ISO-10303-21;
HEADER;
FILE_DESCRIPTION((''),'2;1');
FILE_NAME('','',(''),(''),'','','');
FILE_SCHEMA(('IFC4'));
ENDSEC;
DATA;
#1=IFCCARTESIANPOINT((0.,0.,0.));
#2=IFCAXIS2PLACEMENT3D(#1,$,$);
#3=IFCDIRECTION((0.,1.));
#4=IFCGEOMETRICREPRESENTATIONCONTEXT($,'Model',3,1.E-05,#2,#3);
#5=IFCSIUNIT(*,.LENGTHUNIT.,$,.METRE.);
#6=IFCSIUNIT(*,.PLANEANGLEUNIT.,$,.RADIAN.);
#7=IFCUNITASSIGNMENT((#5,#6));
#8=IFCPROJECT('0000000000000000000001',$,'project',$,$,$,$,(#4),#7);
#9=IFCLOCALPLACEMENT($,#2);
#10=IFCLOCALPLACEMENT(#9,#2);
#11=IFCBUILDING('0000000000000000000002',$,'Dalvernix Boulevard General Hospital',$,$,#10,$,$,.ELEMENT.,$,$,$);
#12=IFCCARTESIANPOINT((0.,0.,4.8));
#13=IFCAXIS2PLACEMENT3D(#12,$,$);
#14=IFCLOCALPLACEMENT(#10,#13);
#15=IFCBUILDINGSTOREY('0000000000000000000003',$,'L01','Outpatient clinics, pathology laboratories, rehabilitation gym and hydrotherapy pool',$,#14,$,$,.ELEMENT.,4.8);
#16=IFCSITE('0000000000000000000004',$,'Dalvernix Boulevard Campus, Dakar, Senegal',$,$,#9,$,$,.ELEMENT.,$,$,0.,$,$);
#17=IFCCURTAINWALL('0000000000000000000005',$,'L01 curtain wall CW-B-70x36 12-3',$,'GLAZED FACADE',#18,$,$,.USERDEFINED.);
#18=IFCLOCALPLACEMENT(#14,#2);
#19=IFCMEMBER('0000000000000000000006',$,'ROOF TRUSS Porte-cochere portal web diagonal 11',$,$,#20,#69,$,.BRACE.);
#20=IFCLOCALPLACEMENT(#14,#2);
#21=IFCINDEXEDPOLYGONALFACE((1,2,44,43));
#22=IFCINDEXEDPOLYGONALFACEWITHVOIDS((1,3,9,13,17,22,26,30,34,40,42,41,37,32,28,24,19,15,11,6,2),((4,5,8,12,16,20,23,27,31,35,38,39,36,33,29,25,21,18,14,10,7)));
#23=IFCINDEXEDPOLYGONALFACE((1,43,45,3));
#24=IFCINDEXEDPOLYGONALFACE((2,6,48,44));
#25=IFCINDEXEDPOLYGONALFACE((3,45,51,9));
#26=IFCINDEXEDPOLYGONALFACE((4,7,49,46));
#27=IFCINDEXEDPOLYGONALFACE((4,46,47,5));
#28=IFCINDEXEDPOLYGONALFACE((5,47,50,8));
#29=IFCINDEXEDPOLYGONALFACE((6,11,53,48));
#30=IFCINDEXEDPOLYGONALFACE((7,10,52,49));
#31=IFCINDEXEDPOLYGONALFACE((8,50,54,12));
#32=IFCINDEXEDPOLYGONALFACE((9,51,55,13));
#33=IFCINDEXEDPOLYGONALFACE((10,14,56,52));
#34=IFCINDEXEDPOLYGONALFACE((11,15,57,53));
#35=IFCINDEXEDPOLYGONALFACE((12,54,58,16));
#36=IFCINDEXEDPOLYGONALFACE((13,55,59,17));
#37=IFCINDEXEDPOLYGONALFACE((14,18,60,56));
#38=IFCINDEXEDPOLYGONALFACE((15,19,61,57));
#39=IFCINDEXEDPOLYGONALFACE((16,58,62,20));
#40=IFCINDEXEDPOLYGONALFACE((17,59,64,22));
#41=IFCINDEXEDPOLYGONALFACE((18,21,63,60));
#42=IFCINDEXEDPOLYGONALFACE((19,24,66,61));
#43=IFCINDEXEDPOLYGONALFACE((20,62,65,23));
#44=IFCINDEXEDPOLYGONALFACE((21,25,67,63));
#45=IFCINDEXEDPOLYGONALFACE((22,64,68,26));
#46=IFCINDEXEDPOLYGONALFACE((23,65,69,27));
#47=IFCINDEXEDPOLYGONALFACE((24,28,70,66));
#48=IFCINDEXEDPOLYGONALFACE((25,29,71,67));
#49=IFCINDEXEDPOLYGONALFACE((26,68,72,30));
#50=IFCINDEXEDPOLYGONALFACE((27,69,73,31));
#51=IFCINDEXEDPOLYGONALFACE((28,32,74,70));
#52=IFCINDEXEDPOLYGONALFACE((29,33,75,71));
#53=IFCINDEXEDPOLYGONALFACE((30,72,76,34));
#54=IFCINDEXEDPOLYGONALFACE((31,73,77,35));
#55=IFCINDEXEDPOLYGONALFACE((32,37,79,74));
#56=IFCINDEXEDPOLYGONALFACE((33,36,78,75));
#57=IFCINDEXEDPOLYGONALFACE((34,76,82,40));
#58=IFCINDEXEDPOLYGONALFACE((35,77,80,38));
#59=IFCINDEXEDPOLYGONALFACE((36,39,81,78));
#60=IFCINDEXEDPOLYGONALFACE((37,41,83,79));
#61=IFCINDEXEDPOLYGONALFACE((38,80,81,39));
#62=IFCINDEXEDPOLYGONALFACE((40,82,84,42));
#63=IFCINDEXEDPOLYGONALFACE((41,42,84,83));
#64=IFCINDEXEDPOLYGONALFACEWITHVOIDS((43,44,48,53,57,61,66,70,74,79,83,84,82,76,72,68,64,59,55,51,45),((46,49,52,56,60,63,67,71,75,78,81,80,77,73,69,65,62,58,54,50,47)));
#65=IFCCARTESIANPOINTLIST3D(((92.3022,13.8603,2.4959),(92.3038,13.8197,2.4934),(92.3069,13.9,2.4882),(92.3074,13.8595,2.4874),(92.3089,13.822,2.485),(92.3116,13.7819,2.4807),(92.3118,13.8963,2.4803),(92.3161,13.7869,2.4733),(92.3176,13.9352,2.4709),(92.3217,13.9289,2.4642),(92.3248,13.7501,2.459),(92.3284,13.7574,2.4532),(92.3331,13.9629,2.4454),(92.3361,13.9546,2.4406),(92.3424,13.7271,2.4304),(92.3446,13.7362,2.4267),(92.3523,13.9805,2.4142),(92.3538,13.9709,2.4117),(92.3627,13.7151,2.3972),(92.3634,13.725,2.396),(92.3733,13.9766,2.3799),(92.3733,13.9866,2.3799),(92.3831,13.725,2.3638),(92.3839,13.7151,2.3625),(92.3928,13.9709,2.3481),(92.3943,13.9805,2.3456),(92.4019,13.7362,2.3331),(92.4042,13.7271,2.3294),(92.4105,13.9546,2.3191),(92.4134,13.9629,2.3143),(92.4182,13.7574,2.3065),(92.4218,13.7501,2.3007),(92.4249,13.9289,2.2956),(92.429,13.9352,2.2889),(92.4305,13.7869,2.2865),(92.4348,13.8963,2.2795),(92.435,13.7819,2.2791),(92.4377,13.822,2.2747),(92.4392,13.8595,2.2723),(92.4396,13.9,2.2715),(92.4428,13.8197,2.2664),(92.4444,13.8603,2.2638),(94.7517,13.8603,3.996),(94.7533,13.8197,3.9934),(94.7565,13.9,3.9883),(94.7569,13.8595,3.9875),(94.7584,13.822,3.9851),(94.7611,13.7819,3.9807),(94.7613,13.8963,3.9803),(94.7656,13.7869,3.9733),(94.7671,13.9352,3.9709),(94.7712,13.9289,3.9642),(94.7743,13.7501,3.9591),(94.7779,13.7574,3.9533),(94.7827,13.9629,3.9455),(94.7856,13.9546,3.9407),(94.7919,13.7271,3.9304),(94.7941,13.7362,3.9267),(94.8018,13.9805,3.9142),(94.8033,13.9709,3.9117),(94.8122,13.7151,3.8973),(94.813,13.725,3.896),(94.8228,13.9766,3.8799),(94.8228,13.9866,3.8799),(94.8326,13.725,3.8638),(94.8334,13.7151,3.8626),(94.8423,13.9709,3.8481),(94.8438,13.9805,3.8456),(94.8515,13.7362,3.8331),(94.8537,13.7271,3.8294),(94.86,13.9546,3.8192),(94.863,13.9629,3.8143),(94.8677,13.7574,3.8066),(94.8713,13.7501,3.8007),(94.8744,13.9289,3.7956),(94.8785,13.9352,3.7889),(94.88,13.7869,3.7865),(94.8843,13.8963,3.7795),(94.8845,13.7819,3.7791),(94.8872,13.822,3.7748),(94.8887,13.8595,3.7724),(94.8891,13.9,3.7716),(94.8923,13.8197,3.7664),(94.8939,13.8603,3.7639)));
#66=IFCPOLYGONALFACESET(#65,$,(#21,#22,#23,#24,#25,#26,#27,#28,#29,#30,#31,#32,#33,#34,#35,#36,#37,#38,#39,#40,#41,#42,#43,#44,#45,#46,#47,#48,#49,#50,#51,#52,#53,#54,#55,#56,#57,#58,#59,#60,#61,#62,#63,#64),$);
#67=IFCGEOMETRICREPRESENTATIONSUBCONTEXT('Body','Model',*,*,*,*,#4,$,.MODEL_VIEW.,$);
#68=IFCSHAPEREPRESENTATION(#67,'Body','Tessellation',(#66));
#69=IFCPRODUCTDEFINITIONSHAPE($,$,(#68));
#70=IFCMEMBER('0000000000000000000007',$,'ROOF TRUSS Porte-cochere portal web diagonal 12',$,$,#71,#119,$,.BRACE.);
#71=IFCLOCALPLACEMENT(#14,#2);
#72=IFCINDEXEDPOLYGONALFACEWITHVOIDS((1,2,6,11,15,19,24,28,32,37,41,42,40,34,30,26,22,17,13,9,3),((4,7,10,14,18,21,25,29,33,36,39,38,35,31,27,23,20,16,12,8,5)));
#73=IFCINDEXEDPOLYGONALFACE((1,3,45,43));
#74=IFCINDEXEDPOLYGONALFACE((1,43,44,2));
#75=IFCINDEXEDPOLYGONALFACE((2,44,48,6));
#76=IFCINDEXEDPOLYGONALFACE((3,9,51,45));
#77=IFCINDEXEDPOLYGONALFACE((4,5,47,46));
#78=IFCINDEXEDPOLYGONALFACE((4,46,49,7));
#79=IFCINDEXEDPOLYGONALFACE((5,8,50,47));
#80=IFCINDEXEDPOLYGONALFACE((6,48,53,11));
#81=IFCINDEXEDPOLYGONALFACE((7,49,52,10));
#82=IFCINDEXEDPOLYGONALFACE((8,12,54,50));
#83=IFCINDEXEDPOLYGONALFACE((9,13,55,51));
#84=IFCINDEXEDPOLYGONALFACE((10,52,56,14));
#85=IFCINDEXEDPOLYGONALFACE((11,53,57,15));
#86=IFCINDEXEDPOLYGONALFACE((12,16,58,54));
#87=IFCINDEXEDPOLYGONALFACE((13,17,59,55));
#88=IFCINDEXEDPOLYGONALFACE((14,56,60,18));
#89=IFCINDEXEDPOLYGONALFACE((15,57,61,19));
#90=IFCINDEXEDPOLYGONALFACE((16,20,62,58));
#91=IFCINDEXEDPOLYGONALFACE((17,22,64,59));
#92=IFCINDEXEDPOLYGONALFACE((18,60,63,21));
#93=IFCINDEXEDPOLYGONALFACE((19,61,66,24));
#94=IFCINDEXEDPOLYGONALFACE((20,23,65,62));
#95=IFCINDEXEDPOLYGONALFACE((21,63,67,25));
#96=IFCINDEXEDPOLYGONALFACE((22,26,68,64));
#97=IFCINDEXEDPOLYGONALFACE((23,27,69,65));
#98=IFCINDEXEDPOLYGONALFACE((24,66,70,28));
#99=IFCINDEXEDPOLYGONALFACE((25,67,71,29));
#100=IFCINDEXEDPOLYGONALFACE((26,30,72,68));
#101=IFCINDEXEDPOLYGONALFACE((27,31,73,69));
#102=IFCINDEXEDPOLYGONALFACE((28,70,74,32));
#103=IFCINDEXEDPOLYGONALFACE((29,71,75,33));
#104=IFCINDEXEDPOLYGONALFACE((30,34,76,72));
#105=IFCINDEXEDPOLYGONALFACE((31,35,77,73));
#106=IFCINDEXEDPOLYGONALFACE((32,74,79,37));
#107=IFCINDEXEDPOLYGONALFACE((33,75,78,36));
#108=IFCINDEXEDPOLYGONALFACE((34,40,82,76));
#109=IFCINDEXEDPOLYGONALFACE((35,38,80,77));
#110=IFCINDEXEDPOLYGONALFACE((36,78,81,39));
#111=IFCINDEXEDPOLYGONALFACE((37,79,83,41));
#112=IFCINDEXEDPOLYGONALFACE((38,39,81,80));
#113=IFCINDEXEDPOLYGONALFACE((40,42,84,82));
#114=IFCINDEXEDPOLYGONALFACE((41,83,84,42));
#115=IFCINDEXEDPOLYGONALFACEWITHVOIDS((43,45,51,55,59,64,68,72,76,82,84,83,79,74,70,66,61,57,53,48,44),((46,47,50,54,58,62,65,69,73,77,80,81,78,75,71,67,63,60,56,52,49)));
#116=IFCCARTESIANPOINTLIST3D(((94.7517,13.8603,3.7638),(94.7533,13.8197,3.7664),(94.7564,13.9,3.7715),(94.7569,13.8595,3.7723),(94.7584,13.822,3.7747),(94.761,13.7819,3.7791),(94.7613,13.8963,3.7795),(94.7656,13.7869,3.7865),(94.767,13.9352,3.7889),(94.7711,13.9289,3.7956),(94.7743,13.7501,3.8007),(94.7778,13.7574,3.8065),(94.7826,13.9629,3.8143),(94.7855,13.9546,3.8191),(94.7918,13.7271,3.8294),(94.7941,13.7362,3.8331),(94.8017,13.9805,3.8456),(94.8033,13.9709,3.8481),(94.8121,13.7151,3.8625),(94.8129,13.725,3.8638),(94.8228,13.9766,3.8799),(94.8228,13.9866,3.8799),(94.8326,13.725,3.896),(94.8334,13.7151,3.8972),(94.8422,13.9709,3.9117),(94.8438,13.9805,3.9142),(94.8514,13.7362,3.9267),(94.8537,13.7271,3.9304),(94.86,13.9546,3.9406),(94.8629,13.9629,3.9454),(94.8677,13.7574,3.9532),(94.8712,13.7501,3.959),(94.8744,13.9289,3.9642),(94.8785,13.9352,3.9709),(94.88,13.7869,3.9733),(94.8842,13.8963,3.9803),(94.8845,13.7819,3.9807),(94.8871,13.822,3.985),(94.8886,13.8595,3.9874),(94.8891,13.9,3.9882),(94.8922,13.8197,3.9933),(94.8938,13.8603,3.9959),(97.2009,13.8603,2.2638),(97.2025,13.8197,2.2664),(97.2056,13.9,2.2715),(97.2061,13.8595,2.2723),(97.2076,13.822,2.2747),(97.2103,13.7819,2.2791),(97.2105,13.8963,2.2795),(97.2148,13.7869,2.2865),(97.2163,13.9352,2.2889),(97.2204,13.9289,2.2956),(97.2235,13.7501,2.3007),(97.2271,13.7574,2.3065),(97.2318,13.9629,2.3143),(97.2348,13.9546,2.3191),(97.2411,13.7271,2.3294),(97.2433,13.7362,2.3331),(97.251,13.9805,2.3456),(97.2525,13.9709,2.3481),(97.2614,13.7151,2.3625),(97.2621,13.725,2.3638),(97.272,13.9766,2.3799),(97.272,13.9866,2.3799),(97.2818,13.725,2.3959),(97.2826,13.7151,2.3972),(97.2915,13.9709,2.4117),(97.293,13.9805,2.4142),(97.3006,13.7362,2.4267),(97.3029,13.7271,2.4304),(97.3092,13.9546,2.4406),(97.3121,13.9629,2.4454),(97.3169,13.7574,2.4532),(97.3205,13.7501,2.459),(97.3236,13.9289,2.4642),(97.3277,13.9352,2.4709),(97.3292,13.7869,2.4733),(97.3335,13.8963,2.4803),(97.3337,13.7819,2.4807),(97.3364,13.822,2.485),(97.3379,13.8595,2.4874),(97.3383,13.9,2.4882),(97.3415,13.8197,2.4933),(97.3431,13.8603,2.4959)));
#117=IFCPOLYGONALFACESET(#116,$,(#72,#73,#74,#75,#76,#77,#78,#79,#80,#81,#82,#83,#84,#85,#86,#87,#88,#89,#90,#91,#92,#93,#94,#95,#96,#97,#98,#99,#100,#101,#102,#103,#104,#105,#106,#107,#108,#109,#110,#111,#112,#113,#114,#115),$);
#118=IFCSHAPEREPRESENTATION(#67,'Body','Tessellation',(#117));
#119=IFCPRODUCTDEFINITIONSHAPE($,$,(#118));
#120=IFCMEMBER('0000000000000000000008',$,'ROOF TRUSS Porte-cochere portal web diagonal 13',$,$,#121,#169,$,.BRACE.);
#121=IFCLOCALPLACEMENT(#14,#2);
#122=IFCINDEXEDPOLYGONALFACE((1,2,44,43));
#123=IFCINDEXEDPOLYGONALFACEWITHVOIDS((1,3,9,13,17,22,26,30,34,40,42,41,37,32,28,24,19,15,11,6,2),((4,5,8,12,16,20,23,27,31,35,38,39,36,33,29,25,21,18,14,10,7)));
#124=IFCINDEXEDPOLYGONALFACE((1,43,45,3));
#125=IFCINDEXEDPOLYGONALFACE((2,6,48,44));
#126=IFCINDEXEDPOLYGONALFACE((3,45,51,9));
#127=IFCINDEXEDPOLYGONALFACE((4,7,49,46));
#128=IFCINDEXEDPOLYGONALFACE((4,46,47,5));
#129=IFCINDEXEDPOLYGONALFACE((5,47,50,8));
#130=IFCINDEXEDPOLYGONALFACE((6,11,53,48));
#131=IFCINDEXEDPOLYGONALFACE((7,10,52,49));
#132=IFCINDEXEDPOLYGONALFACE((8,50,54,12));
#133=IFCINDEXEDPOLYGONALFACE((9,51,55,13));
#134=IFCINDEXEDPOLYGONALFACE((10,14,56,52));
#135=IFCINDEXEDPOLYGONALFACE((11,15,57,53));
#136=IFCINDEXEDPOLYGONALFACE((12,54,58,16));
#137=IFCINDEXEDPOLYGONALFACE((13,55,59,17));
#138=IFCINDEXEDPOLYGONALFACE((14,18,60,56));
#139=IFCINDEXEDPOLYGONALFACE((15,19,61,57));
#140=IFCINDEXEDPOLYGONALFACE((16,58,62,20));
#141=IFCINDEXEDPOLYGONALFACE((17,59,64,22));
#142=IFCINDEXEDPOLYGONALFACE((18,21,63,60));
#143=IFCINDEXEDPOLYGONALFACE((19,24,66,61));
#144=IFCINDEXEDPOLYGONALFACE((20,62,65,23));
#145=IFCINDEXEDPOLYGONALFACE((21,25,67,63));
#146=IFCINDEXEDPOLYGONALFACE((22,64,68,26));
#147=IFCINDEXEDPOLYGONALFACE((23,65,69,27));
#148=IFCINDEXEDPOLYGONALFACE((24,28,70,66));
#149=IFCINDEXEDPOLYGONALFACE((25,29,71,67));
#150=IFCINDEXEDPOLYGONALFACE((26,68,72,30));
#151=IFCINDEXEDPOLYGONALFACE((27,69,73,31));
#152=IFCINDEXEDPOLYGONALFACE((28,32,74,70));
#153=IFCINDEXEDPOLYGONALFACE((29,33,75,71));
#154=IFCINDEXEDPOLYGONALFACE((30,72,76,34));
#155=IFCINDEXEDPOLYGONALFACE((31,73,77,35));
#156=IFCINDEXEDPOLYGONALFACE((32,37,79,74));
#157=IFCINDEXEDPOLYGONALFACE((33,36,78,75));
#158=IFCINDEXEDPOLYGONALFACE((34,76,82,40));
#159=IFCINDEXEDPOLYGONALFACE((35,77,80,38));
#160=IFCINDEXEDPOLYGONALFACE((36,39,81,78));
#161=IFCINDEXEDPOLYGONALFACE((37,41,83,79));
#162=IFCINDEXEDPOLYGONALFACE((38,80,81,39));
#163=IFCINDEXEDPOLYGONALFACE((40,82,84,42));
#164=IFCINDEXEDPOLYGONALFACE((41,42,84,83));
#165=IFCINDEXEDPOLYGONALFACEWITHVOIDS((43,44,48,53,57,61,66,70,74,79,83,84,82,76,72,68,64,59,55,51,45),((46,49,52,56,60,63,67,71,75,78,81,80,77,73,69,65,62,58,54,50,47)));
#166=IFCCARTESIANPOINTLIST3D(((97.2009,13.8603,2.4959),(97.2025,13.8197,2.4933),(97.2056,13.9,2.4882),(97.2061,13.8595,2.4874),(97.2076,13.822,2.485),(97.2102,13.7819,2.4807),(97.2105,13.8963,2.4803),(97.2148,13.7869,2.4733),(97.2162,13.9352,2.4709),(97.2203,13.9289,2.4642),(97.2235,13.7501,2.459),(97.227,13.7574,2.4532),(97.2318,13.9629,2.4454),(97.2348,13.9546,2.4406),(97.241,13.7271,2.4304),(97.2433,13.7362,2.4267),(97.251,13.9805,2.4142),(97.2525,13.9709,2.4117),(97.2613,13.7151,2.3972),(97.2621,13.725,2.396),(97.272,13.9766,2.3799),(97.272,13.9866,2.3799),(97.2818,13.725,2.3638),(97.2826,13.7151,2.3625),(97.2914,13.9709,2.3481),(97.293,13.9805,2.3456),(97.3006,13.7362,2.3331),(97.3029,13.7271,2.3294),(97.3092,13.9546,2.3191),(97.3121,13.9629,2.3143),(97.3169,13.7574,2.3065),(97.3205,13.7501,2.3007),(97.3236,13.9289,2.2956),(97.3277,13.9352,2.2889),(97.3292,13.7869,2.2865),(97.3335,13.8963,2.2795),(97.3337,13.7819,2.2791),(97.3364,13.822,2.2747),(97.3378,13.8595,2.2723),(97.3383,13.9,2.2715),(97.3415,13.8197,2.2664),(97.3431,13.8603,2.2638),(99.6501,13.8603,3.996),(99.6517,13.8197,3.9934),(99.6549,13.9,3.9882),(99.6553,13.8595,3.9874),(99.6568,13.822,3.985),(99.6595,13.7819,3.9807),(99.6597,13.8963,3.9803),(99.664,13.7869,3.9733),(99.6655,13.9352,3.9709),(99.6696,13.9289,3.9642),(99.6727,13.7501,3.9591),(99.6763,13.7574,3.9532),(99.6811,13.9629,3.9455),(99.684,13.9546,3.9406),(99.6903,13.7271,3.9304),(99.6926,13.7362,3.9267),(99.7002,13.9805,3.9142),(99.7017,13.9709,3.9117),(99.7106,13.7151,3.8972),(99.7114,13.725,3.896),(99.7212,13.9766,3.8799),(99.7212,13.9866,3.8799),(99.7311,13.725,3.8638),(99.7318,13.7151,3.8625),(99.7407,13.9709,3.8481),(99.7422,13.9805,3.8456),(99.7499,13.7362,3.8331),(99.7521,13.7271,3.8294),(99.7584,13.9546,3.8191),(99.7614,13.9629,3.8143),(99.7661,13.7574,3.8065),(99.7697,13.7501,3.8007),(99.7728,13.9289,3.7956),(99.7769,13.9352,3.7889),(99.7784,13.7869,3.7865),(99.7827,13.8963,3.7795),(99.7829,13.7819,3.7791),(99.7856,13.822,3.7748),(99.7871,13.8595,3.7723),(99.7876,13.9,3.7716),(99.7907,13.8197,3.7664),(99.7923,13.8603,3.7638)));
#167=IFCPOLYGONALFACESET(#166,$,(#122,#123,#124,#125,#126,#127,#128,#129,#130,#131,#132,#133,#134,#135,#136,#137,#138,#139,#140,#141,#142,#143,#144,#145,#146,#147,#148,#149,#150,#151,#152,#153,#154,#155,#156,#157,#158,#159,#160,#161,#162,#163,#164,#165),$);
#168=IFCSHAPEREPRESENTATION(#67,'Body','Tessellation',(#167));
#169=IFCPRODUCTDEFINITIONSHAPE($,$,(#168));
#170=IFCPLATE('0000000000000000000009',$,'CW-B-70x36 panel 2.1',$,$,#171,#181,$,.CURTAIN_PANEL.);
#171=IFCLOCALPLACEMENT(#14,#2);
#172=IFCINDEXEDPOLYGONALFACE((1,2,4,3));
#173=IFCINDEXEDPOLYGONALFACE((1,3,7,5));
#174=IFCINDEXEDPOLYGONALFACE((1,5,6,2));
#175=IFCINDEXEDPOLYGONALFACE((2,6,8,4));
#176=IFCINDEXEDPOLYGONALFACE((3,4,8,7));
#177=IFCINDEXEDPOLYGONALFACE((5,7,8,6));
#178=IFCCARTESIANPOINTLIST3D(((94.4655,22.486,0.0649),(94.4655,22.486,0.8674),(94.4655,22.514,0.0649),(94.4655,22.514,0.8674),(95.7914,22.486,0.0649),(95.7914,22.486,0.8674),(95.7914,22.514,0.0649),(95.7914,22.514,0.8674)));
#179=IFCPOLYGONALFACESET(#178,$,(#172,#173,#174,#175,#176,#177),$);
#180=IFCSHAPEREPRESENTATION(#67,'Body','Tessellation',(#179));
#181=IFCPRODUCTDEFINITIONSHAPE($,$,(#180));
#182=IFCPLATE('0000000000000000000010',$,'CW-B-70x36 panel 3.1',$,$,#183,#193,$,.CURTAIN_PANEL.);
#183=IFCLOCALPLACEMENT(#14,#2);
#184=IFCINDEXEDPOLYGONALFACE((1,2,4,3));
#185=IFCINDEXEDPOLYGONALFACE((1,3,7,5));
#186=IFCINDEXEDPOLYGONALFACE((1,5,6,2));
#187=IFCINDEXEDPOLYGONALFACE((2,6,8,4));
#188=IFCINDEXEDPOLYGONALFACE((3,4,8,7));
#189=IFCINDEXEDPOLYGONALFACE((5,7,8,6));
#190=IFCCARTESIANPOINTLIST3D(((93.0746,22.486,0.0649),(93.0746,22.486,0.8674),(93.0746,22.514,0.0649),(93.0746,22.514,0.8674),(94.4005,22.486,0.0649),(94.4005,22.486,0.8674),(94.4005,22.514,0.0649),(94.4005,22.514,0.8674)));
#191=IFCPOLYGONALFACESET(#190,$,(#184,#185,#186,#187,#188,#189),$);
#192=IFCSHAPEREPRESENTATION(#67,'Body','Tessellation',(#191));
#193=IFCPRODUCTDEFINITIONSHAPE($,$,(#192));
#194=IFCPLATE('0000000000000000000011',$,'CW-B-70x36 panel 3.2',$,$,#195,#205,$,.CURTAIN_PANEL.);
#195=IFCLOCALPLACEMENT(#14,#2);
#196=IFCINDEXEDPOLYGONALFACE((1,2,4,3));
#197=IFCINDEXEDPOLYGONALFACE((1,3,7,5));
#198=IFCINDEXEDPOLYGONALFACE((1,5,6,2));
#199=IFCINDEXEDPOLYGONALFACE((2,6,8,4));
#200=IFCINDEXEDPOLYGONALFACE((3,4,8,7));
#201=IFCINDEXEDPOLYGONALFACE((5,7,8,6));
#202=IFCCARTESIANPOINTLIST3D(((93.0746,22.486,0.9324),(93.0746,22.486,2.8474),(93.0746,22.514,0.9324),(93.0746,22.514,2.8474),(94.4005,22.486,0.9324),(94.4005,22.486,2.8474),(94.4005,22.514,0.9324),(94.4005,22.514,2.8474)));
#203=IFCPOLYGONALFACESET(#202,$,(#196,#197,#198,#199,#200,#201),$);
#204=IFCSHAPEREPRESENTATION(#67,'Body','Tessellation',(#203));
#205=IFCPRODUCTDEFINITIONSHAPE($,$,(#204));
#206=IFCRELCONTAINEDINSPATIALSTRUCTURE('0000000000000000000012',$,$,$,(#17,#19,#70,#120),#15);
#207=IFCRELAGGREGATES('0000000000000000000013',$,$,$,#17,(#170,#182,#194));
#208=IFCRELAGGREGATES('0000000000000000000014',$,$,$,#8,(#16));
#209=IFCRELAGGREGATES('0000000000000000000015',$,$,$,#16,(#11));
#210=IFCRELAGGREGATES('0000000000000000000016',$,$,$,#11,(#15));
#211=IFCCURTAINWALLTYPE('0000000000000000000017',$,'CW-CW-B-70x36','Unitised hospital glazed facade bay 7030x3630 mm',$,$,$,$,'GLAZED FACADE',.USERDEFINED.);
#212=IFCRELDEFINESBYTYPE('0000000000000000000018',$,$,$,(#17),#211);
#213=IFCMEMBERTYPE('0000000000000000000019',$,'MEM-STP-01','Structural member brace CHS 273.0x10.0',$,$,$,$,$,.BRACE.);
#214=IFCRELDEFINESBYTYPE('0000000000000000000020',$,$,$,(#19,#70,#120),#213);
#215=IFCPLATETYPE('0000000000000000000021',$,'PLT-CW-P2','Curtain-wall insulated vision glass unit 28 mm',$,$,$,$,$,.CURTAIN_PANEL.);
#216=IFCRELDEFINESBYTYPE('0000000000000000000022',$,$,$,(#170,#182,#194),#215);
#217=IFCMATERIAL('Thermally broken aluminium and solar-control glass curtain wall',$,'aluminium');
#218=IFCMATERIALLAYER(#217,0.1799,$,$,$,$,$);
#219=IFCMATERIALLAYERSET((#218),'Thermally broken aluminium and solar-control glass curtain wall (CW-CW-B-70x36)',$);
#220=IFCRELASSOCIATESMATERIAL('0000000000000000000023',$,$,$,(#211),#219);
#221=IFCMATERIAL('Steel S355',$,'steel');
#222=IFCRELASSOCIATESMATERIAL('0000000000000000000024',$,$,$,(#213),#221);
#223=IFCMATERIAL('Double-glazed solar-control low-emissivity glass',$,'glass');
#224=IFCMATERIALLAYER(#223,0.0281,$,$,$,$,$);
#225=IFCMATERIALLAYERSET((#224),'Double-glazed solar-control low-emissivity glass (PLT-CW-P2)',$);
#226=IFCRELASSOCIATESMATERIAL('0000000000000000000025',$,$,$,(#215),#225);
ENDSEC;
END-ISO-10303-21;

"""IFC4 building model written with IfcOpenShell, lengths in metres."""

from ifc_helpers import new_model, si_unit, direction, frame, origin, origin_2d, place, context, subcontext, project, spatial, rectangle, hollow_circle, extrude, material, layer, layer_set, material_profile, profile_set, type_object, element, aggregate, save


model = new_model("IFC4")

# Units and contexts
model_context = context("Model", 3, precision=1e-05, world=origin(), true_north=direction((0.0, 1.0)))
body_context = subcontext(model_context, "Body", "Model", "MODEL_VIEW")
ifc_project = project(units=[si_unit("LENGTHUNIT", "METRE"), si_unit("PLANEANGLEUNIT", "RADIAN")], contexts=[model_context])

# Site, building, storey
site_placement = place(None, origin())
site = spatial("IfcSite", under=ifc_project, at=site_placement, Name="Dalvernix Boulevard Campus, Dakar, Senegal", CompositionType="ELEMENT", RefElevation=0.0)
building_placement = place(site_placement, origin())
building = spatial("IfcBuilding", under=site, at=building_placement, Name="Dalvernix Boulevard General Hospital", CompositionType="ELEMENT")
storey_placement = place(building_placement, frame((0.0, 0.0, 4.8)))
storey = spatial("IfcBuildingStorey", under=building, at=storey_placement, Name="L01", Description="Outpatient clinics, pathology laboratories, rehabilitation gym and hydrotherapy pool", CompositionType="ELEMENT", Elevation=4.8)

# Shared definitions
ifc_material_1 = material(Name="Steel S355", Category="steel")

# Curtain wall
ifc_material_2 = material(Name="Thermally broken aluminium and solar-control glass curtain wall", Category="aluminium")
ifc_layer_1 = layer(ifc_material_2, 0.1799)
ifc_layer_set_1 = layer_set([ifc_layer_1], Name="Thermally broken aluminium and solar-control glass curtain wall (CW-CW-B-70x36)")
curtain_wall_type = type_object("IfcCurtainWallType", Name="CW-CW-B-70x36", Description="Unitised hospital glazed facade bay 7030x3630 mm", ElementType="GLAZED FACADE", PredefinedType="USERDEFINED", material=ifc_layer_set_1)
curtain_wall_placement = place(storey_placement, origin())
curtain_wall = element("IfcCurtainWall", 1, at=curtain_wall_placement, inside=storey, type_object=curtain_wall_type, Name="L01 curtain wall CW-B-70x36 12-3", ObjectType="GLAZED FACADE", PredefinedType="USERDEFINED")

# Members
ifc_material_profile_1 = material_profile(ifc_material_1, hollow_circle(Radius=0.1365, WallThickness=0.01, at=origin_2d()), Name="CHS 273.0x10.0")
ifc_profile_set_1 = profile_set([ifc_material_profile_1], Name="Steel S355")
member_type_1 = type_object("IfcMemberType", Name="MEM-STP-01", Description="Structural member brace CHS 273.0x10.0", PredefinedType="BRACE", material=ifc_profile_set_1)
member_1_placement = place(storey_placement, frame((92.3733, 13.8501, 2.3799), z_axis=(0.8528, 0.0, 0.522237), x_axis=(0.0, 1.0, 0.0)))
element("IfcMember", 2, at=member_1_placement, inside=storey, type_object=member_type_1, Name="ROOF TRUSS Porte-cochere portal web diagonal 11", PredefinedType="BRACE", context=body_context, shape_type="SweptSolid", body=[
    extrude(hollow_circle(Radius=0.1365, WallThickness=0.01, at=origin_2d()), origin(), (0.0, 0.0, 1.0), 2.8723),
])
for number, where, z_axis, x_axis, name in (
    (3, (94.8228, 13.8501, 3.8799), (0.852777, 0.0, -0.522275), (0.0, 1.0, 0.0), "ROOF TRUSS Porte-cochere portal web diagonal 12"),
    (4, (97.272, 13.8501, 2.3799), (0.852777, 0.0, 0.522275), (0.0, 1.0, 0.0), "ROOF TRUSS Porte-cochere portal web diagonal 13"),
):
    element("IfcMember", number, at=place(storey_placement, frame(where, z_axis=z_axis, x_axis=x_axis)), inside=storey, type_object=member_type_1, Name=name, PredefinedType="BRACE", context=body_context, shape_type="SweptSolid", body=[
        extrude(hollow_circle(Radius=0.1365, WallThickness=0.01, at=origin_2d()), origin(), (0.0, 0.0, 1.0), 2.8721),
    ])

# Plates
ifc_material_3 = material(Name="Double-glazed solar-control low-emissivity glass", Category="glass")
ifc_layer_2 = layer(ifc_material_3, 0.0281)
ifc_layer_set_2 = layer_set([ifc_layer_2], Name="Double-glazed solar-control low-emissivity glass (PLT-CW-P2)")
plate_type = type_object("IfcPlateType", Name="PLT-CW-P2", Description="Curtain-wall insulated vision glass unit 28 mm", PredefinedType="CURTAIN_PANEL", material=ifc_layer_set_2)
plate_1_placement = place(storey_placement, frame((95.1284, 22.5, 0.0649), z_axis=(0.0, 0.0, 1.0), x_axis=(-1.0, 0.0, 0.0)))
plate_1 = element("IfcPlate", 5, at=plate_1_placement, type_object=plate_type, Name="CW-B-70x36 panel 2.1", PredefinedType="CURTAIN_PANEL", context=body_context, shape_type="SweptSolid", body=[
    extrude(rectangle(XDim=1.3259, YDim=0.0281, at=origin_2d()), origin(), (0.0, 0.0, 1.0), 0.8025),
])
plate_2_placement = place(storey_placement, frame((93.7375, 22.5, 0.0649), z_axis=(0.0, 0.0, 1.0), x_axis=(-1.0, 0.0, 0.0)))
plate_2 = element("IfcPlate", 6, at=plate_2_placement, type_object=plate_type, Name="CW-B-70x36 panel 3.1", PredefinedType="CURTAIN_PANEL", context=body_context, shape_type="SweptSolid", body=[
    extrude(rectangle(XDim=1.3259, YDim=0.0281, at=origin_2d()), origin(), (0.0, 0.0, 1.0), 0.8025),
])
plate_3_placement = place(storey_placement, frame((93.7375, 22.5, 0.9324), z_axis=(0.0, 0.0, 1.0), x_axis=(-1.0, 0.0, 0.0)))
plate_3 = element("IfcPlate", 7, at=plate_3_placement, type_object=plate_type, Name="CW-B-70x36 panel 3.2", PredefinedType="CURTAIN_PANEL", context=body_context, shape_type="SweptSolid", body=[
    extrude(rectangle(XDim=1.3259, YDim=0.0281, at=origin_2d()), origin(), (0.0, 0.0, 1.0), 1.915),
])
aggregate(curtain_wall, [plate_1, plate_2, plate_3])

save(model, "model.ifc")
